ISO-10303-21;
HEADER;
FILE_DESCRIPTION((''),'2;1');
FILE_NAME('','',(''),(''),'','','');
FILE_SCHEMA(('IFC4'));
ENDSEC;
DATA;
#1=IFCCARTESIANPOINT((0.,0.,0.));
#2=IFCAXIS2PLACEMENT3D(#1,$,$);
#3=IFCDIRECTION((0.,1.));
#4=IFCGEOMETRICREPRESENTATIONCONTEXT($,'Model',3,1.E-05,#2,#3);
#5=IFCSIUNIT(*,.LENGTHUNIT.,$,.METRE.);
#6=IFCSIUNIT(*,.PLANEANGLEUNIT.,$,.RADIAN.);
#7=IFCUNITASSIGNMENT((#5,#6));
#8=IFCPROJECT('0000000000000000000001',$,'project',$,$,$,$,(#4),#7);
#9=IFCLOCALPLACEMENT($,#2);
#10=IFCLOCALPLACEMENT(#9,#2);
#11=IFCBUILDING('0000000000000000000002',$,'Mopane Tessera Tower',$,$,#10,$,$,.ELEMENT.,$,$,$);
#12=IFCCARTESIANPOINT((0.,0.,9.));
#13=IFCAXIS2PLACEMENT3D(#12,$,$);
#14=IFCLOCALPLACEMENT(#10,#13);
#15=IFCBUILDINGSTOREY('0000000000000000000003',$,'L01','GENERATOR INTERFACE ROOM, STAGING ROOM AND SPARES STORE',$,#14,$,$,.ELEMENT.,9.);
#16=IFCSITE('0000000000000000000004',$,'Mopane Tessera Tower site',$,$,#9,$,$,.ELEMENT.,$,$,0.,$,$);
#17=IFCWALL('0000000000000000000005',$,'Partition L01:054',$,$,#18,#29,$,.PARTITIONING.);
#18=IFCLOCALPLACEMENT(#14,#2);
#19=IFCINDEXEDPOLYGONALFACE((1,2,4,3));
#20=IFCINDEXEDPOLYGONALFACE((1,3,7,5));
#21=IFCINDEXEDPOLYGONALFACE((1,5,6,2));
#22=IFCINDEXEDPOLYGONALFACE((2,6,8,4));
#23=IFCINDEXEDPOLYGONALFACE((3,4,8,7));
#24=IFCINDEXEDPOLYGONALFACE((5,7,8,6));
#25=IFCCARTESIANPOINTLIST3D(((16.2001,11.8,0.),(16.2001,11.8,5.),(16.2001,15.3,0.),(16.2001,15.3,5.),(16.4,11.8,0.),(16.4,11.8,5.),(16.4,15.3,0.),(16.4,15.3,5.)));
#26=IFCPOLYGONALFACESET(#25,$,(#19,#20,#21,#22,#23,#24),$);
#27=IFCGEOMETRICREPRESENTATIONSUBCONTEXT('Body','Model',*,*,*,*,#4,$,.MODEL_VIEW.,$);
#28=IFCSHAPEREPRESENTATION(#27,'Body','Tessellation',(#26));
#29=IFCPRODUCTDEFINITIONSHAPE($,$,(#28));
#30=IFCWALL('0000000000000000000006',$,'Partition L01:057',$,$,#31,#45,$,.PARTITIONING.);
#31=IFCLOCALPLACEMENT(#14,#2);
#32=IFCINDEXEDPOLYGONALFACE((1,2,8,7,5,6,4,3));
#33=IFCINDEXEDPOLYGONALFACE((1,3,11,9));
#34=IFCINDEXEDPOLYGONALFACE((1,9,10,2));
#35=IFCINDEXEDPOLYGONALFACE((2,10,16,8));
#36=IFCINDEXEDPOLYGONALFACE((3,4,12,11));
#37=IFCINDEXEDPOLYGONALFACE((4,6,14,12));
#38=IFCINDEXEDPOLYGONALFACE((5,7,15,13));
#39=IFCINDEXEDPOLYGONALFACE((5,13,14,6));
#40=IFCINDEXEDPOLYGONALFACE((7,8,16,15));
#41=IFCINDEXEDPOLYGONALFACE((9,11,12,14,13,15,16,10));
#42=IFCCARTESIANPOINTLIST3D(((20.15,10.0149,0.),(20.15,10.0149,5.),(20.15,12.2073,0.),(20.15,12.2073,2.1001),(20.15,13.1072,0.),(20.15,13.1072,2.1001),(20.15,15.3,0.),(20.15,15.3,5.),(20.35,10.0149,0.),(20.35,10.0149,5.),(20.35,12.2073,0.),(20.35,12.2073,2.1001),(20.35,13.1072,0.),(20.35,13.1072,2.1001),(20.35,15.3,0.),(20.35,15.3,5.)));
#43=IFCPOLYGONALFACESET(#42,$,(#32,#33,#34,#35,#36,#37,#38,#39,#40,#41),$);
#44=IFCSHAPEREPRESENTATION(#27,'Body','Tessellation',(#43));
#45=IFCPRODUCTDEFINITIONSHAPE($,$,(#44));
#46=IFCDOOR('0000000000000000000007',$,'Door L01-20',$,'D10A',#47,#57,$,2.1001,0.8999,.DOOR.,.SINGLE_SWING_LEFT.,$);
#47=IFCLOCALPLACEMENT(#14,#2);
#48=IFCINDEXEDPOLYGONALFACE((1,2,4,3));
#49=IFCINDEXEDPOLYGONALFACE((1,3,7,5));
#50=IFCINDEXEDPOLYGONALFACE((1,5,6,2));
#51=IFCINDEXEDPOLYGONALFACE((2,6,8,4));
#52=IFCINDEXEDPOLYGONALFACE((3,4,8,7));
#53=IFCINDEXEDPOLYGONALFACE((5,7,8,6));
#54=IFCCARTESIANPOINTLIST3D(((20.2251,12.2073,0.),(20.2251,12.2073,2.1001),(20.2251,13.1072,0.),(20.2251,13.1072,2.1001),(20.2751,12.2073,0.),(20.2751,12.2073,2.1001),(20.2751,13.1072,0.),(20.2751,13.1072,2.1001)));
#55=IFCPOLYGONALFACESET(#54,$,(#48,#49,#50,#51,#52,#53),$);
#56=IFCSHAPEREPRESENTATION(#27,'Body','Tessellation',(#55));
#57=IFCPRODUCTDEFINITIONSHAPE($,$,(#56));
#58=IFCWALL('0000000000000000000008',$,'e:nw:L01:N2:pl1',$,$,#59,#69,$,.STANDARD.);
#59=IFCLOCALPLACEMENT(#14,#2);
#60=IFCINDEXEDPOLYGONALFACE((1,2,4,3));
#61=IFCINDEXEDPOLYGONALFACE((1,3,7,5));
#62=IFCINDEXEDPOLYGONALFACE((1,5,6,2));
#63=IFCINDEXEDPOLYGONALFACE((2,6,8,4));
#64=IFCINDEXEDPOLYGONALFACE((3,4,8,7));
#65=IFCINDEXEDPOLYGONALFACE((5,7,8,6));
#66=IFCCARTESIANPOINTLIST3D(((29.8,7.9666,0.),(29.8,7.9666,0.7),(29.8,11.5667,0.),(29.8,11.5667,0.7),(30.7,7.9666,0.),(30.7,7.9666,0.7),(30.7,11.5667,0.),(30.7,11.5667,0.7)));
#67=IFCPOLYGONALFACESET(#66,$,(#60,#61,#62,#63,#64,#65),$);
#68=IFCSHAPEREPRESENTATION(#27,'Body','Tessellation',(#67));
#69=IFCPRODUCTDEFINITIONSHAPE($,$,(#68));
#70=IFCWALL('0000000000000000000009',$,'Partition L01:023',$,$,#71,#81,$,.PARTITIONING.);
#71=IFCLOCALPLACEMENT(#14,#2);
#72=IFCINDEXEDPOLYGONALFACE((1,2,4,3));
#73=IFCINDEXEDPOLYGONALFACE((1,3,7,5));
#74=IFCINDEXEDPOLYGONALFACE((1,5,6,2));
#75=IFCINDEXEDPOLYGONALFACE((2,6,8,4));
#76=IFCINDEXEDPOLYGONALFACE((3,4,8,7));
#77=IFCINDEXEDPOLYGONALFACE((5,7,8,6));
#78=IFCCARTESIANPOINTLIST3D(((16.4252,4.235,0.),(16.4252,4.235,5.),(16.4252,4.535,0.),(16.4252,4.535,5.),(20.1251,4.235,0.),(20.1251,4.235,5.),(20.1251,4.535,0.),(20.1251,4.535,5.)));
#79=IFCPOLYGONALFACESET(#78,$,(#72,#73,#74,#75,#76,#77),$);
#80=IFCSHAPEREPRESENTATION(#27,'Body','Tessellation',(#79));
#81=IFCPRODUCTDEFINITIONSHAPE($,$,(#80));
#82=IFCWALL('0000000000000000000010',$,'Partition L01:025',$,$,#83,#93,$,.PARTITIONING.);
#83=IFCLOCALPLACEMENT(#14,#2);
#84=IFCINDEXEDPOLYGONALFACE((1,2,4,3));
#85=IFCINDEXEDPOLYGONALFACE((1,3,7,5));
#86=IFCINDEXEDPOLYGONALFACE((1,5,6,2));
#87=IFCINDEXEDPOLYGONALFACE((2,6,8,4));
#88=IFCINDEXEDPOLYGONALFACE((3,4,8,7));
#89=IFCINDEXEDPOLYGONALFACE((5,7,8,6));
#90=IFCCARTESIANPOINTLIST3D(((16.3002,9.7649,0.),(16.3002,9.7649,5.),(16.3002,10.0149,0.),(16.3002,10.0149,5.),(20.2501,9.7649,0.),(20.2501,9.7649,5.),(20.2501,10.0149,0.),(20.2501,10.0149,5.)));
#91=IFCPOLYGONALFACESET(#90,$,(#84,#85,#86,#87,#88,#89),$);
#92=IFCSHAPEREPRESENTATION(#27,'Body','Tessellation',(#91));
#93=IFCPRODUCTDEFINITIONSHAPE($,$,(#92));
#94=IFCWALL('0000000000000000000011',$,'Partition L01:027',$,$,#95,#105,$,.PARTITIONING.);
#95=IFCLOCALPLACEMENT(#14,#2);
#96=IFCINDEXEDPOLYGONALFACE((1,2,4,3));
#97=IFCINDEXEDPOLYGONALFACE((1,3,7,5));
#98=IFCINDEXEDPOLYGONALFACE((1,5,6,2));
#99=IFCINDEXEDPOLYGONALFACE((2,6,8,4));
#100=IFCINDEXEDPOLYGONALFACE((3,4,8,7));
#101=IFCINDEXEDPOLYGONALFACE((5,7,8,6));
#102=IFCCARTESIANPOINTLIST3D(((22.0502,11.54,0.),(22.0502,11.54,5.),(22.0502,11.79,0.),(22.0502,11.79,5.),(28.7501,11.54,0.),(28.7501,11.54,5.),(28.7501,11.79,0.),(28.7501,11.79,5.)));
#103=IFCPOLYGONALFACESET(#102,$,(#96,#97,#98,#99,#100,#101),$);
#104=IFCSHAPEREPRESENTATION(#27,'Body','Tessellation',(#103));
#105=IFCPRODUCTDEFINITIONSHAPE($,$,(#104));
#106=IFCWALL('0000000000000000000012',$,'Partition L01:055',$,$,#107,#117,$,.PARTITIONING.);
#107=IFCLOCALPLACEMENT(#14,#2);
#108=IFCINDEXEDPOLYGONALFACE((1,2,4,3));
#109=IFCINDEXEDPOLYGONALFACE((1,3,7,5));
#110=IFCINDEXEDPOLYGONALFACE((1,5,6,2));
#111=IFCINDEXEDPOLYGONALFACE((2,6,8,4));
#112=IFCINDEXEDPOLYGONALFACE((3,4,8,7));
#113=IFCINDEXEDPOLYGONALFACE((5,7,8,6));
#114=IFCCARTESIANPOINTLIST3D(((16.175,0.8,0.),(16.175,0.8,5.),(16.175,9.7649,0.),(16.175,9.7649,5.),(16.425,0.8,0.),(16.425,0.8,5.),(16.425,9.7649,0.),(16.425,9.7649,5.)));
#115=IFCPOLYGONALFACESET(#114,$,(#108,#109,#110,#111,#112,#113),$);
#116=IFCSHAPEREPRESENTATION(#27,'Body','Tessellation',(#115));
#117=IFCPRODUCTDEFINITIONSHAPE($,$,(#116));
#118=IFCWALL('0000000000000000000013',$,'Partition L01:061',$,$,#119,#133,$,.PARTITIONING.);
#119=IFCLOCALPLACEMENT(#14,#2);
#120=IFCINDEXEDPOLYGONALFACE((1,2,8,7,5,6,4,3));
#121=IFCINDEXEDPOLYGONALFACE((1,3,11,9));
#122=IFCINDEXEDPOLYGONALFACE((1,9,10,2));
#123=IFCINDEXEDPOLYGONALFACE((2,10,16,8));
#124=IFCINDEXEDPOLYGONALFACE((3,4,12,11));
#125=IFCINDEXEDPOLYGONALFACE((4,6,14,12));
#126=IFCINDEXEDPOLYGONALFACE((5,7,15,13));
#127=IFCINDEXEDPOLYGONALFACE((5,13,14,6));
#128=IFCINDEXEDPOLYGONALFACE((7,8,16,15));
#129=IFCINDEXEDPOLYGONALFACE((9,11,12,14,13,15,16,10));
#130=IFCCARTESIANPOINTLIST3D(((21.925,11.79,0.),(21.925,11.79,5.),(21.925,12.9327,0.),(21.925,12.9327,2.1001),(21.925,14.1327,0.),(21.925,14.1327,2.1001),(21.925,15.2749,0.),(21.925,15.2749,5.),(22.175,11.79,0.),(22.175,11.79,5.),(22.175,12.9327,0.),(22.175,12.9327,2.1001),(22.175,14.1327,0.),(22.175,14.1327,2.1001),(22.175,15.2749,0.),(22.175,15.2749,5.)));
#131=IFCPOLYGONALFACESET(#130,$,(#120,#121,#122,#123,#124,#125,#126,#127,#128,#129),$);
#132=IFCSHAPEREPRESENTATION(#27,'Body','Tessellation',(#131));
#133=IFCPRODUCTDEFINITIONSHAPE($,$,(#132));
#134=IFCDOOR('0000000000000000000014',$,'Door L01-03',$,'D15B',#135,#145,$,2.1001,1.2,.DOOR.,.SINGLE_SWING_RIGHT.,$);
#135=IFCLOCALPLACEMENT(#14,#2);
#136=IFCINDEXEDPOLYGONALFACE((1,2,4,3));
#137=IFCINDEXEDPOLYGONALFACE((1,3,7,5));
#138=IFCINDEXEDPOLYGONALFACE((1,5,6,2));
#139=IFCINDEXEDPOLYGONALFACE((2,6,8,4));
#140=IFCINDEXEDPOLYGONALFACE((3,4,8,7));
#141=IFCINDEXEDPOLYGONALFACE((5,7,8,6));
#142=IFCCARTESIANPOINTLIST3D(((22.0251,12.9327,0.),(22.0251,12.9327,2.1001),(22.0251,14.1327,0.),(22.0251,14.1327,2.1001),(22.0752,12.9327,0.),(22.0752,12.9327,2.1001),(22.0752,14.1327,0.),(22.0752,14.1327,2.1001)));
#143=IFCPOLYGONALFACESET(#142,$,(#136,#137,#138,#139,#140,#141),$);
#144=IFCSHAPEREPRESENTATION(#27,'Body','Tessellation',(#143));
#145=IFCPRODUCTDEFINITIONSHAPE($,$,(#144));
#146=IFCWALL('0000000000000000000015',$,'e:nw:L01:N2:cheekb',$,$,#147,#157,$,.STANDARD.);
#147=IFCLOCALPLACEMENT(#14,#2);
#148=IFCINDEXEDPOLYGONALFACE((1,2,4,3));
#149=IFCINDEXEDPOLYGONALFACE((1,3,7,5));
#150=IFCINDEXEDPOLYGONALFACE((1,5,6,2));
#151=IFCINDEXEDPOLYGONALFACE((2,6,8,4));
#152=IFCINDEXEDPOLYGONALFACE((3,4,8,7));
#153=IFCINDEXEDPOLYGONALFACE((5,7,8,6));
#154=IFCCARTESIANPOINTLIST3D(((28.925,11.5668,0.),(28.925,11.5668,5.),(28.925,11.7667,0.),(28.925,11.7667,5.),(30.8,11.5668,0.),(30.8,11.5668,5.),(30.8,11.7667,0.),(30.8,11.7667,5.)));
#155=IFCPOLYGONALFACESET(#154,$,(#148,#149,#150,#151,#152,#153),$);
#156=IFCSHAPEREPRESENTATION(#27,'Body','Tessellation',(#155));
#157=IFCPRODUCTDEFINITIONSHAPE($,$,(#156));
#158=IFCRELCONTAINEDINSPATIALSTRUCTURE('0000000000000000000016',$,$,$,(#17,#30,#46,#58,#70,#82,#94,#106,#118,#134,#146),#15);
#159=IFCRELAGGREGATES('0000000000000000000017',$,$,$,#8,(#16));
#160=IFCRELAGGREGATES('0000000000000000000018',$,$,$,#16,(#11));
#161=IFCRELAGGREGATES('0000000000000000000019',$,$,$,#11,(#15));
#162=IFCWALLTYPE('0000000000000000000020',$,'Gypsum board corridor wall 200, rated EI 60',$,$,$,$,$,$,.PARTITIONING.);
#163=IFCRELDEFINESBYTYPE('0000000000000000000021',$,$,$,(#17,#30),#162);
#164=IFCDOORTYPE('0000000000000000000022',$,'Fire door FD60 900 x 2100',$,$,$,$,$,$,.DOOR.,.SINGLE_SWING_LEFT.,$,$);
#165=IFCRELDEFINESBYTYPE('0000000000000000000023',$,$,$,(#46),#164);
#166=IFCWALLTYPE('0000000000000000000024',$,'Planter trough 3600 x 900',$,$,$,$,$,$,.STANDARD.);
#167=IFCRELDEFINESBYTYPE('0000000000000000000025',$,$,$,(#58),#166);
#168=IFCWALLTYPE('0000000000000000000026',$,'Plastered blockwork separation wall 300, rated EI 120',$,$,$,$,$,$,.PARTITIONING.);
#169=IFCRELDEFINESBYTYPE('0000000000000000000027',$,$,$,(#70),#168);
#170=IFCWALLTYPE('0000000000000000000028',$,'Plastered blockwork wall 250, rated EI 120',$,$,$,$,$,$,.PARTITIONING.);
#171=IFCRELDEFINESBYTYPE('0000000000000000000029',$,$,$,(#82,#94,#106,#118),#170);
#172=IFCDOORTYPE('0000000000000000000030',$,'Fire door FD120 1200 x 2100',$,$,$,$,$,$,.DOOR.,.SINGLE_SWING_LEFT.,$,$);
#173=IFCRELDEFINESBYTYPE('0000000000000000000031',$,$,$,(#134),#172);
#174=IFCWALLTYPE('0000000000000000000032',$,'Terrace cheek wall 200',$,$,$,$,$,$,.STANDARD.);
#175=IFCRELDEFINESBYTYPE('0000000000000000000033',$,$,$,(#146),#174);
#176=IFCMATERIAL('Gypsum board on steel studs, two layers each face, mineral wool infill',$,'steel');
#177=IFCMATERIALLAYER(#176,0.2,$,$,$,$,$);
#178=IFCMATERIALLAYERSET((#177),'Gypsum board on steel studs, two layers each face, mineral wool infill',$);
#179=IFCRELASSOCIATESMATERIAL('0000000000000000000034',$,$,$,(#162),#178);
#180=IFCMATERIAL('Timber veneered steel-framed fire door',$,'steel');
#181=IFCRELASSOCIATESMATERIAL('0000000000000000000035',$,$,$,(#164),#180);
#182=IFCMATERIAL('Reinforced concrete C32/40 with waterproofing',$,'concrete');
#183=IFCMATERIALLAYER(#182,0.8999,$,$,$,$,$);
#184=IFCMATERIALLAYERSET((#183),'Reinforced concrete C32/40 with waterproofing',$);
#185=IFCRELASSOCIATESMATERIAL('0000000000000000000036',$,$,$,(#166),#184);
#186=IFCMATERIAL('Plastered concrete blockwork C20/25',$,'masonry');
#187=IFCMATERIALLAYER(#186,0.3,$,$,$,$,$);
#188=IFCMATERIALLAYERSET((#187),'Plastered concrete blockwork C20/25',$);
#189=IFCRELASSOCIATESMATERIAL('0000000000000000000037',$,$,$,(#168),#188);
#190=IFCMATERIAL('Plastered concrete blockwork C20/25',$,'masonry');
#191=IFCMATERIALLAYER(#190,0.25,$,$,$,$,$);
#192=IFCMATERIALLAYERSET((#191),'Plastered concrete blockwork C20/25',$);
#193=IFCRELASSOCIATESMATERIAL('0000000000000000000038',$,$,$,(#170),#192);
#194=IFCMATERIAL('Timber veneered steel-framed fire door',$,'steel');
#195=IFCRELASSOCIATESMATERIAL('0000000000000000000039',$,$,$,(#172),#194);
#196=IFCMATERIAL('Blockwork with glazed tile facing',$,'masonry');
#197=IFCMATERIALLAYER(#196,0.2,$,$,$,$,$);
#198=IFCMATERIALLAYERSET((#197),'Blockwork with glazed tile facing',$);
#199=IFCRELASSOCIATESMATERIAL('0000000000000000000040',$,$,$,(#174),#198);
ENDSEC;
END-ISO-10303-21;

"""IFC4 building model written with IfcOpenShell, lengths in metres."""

from ifc_helpers import new_model, si_unit, direction, frame, frame_2d, origin, place, context, subcontext, project, spatial, rectangle, extrude, material, layer, layer_set, type_object, element, fill, save


model = new_model("IFC4")

# Units and contexts
model_context = context("Model", 3, precision=1e-05, world=origin(), true_north=direction((0.0, 1.0)))
body_context = subcontext(model_context, "Body", "Model", "MODEL_VIEW")
ifc_project = project(units=[si_unit("LENGTHUNIT", "METRE"), si_unit("PLANEANGLEUNIT", "RADIAN")], contexts=[model_context])

# Site, building, storey
site_placement = place(None, origin())
site = spatial("IfcSite", under=ifc_project, at=site_placement, Name="Mopane Tessera Tower site", CompositionType="ELEMENT", RefElevation=0.0)
building_placement = place(site_placement, origin())
building = spatial("IfcBuilding", under=site, at=building_placement, Name="Mopane Tessera Tower", CompositionType="ELEMENT")
storey_placement = place(building_placement, frame((0.0, 0.0, 9.0)))
storey = spatial("IfcBuildingStorey", under=building, at=storey_placement, Name="L01", Description="GENERATOR INTERFACE ROOM, STAGING ROOM AND SPARES STORE", CompositionType="ELEMENT", Elevation=9.0)

# Wall
ifc_material_1 = material(Name="Gypsum board on steel studs, two layers each face, mineral wool infill", Category="steel")
ifc_layer_1 = layer(ifc_material_1, 0.2)
ifc_layer_set_1 = layer_set([ifc_layer_1], Name="Gypsum board on steel studs, two layers each face, mineral wool infill")
wall_type_1 = type_object("IfcWallType", Name="Gypsum board corridor wall 200, rated EI 60", PredefinedType="PARTITIONING", material=ifc_layer_set_1)
wall_1_placement = place(storey_placement, frame((16.3, 11.8, 0.0), z_axis=(0.0, 0.0, 1.0), x_axis=(0.0, 1.0, 0.0)))
element("IfcWall", 1, at=wall_1_placement, inside=storey, type_object=wall_type_1, Name="Partition L01:054", PredefinedType="PARTITIONING", context=body_context, shape_type="SweptSolid", body=[
    extrude(rectangle(XDim=3.5, YDim=0.2, at=frame_2d((1.75, 0.0))), origin(), (0.0, 0.0, 1.0), 5.0),
])

# Wall, opening, door
wall_2_placement = place(storey_placement, frame((20.25, 10.0149, 0.0), z_axis=(0.0, 0.0, 1.0), x_axis=(0.0, 1.0, 0.0)))
wall_2 = element("IfcWall", 2, at=wall_2_placement, inside=storey, type_object=wall_type_1, Name="Partition L01:057", PredefinedType="PARTITIONING", context=body_context, shape_type="SweptSolid", body=[
    extrude(rectangle(XDim=5.2852, YDim=0.2, at=frame_2d((2.6426, 0.0))), origin(), (0.0, 0.0, 1.0), 5.0),
])
opening_1_placement = place(wall_2_placement, frame((2.1924, 0.0, 0.0)))
opening_1 = element("IfcOpeningElement", 3, at=opening_1_placement, cuts=wall_2, PredefinedType="OPENING", context=body_context, shape_type="SweptSolid", body=[
    extrude(rectangle(XDim=0.8999, YDim=2.1001, at=frame_2d((0.45, 1.05))), frame((0.0, 0.1121, 0.0), z_axis=(0.0, -1.0, 0.0), x_axis=(1.0, 0.0, 0.0)), (0.0, 0.0, 1.0), 0.2239),
])
ifc_material_2 = material(Name="Timber veneered steel-framed fire door", Category="steel")
door_type_1 = type_object("IfcDoorType", Name="Fire door FD60 900 x 2100", OperationType="SINGLE_SWING_LEFT", PredefinedType="DOOR", material=ifc_material_2)
door_1_placement = place(opening_1_placement, origin())
door_1 = element("IfcDoor", 4, at=door_1_placement, inside=storey, type_object=door_type_1, Name="Door L01-20", ObjectType="D10A", OperationType="SINGLE_SWING_LEFT", OverallHeight=2.1001, OverallWidth=0.8999, PredefinedType="DOOR", context=body_context, shape_type="SweptSolid", body=[
    extrude(rectangle(XDim=0.8999, YDim=2.1001, at=frame_2d((0.45, 1.05))), frame((0.0, 0.0249, 0.0), z_axis=(0.0, -1.0, 0.0), x_axis=(1.0, 0.0, 0.0)), (0.0, 0.0, 1.0), 0.05),
])
fill(opening_1, door_1)

# Walls
ifc_material_3 = material(Name="Reinforced concrete C32/40 with waterproofing", Category="concrete")
ifc_layer_2 = layer(ifc_material_3, 0.8999)
ifc_layer_set_2 = layer_set([ifc_layer_2], Name="Reinforced concrete C32/40 with waterproofing")
wall_type_2 = type_object("IfcWallType", Name="Planter trough 3600 x 900", PredefinedType="STANDARD", material=ifc_layer_set_2)
wall_3_placement = place(storey_placement, frame((30.25, 7.9666, 0.0), z_axis=(0.0, 0.0, 1.0), x_axis=(0.0, 1.0, 0.0)))
element("IfcWall", 5, at=wall_3_placement, inside=storey, type_object=wall_type_2, Name="e:nw:L01:N2:pl1", PredefinedType="STANDARD", context=body_context, shape_type="SweptSolid", body=[
    extrude(rectangle(XDim=3.6001, YDim=0.8999, at=frame_2d((1.8, 0.0))), origin(), (0.0, 0.0, 1.0), 0.7),
])
ifc_material_4 = material(Name="Plastered concrete blockwork C20/25", Category="masonry")
ifc_layer_3 = layer(ifc_material_4, 0.3)
ifc_layer_set_3 = layer_set([ifc_layer_3], Name="Plastered concrete blockwork C20/25")
wall_type_3 = type_object("IfcWallType", Name="Plastered blockwork separation wall 300, rated EI 120", PredefinedType="PARTITIONING", material=ifc_layer_set_3)
wall_4_placement = place(storey_placement, frame((16.425, 4.385, 0.0), z_axis=(0.0, 0.0, 1.0), x_axis=(1.0, 0.0, 0.0)))
element("IfcWall", 6, at=wall_4_placement, inside=storey, type_object=wall_type_3, Name="Partition L01:023", PredefinedType="PARTITIONING", context=body_context, shape_type="SweptSolid", body=[
    extrude(rectangle(XDim=3.7, YDim=0.3, at=frame_2d((1.8501, 0.0))), origin(), (0.0, 0.0, 1.0), 5.0),
])
ifc_material_5 = material(Name="Plastered concrete blockwork C20/25", Category="masonry")
ifc_layer_4 = layer(ifc_material_5, 0.25)
ifc_layer_set_4 = layer_set([ifc_layer_4], Name="Plastered concrete blockwork C20/25")
wall_type_4 = type_object("IfcWallType", Name="Plastered blockwork wall 250, rated EI 120", PredefinedType="PARTITIONING", material=ifc_layer_set_4)
wall_5_placement = place(storey_placement, frame((16.3, 9.8899, 0.0), z_axis=(0.0, 0.0, 1.0), x_axis=(1.0, 0.0, 0.0)))
element("IfcWall", 7, at=wall_5_placement, inside=storey, type_object=wall_type_4, Name="Partition L01:025", PredefinedType="PARTITIONING", context=body_context, shape_type="SweptSolid", body=[
    extrude(rectangle(XDim=3.95, YDim=0.25, at=frame_2d((1.9751, 0.0))), origin(), (0.0, 0.0, 1.0), 5.0),
])
wall_6_placement = place(storey_placement, frame((22.05, 11.665, 0.0), z_axis=(0.0, 0.0, 1.0), x_axis=(1.0, 0.0, 0.0)))
element("IfcWall", 8, at=wall_6_placement, inside=storey, type_object=wall_type_4, Name="Partition L01:027", PredefinedType="PARTITIONING", context=body_context, shape_type="SweptSolid", body=[
    extrude(rectangle(XDim=6.7, YDim=0.25, at=frame_2d((3.3501, 0.0))), origin(), (0.0, 0.0, 1.0), 5.0),
])
wall_7_placement = place(storey_placement, frame((16.3, 0.8, 0.0), z_axis=(0.0, 0.0, 1.0), x_axis=(0.0, 1.0, 0.0)))
element("IfcWall", 9, at=wall_7_placement, inside=storey, type_object=wall_type_4, Name="Partition L01:055", PredefinedType="PARTITIONING", context=body_context, shape_type="SweptSolid", body=[
    extrude(rectangle(XDim=8.9648, YDim=0.25, at=frame_2d((4.4824, 0.0))), origin(), (0.0, 0.0, 1.0), 5.0),
])

# Wall, opening, door
wall_8_placement = place(storey_placement, frame((22.05, 11.79, 0.0), z_axis=(0.0, 0.0, 1.0), x_axis=(0.0, 1.0, 0.0)))
wall_8 = element("IfcWall", 10, at=wall_8_placement, inside=storey, type_object=wall_type_4, Name="Partition L01:061", PredefinedType="PARTITIONING", context=body_context, shape_type="SweptSolid", body=[
    extrude(rectangle(XDim=3.4849, YDim=0.25, at=frame_2d((1.7424, 0.0))), origin(), (0.0, 0.0, 1.0), 5.0),
])
opening_2_placement = place(wall_8_placement, frame((1.1426, 0.0, 0.0)))
opening_2 = element("IfcOpeningElement", 11, at=opening_2_placement, cuts=wall_8, PredefinedType="OPENING", context=body_context, shape_type="SweptSolid", body=[
    extrude(rectangle(XDim=1.2, YDim=2.1001, at=frame_2d((0.6001, 1.05))), frame((0.0, 0.137, 0.0), z_axis=(0.0, -1.0, 0.0), x_axis=(1.0, 0.0, 0.0)), (0.0, 0.0, 1.0), 0.2739),
])
ifc_material_6 = material(Name="Timber veneered steel-framed fire door", Category="steel")
door_type_2 = type_object("IfcDoorType", Name="Fire door FD120 1200 x 2100", OperationType="SINGLE_SWING_LEFT", PredefinedType="DOOR", material=ifc_material_6)
door_2_placement = place(opening_2_placement, origin())
door_2 = element("IfcDoor", 12, at=door_2_placement, inside=storey, type_object=door_type_2, Name="Door L01-03", ObjectType="D15B", OperationType="SINGLE_SWING_RIGHT", OverallHeight=2.1001, OverallWidth=1.2, PredefinedType="DOOR", context=body_context, shape_type="SweptSolid", body=[
    extrude(rectangle(XDim=1.2, YDim=2.1001, at=frame_2d((0.6001, 1.05))), frame((0.0, 0.0249, 0.0), z_axis=(0.0, -1.0, 0.0), x_axis=(1.0, 0.0, 0.0)), (0.0, 0.0, 1.0), 0.05),
])
fill(opening_2, door_2)

# Wall
ifc_material_7 = material(Name="Blockwork with glazed tile facing", Category="masonry")
ifc_layer_5 = layer(ifc_material_7, 0.2)
ifc_layer_set_5 = layer_set([ifc_layer_5], Name="Blockwork with glazed tile facing")
wall_type_5 = type_object("IfcWallType", Name="Terrace cheek wall 200", PredefinedType="STANDARD", material=ifc_layer_set_5)
wall_9_placement = place(storey_placement, frame((30.8, 11.6667, 0.0), z_axis=(0.0, 0.0, 1.0), x_axis=(-1.0, 0.0, 0.0)))
element("IfcWall", 13, at=wall_9_placement, inside=storey, type_object=wall_type_5, Name="e:nw:L01:N2:cheekb", PredefinedType="STANDARD", context=body_context, shape_type="SweptSolid", body=[
    extrude(rectangle(XDim=1.875, YDim=0.2, at=frame_2d((0.9375, 0.0))), origin(), (0.0, 0.0, 1.0), 5.0),
])

save(model, "model.ifc")
